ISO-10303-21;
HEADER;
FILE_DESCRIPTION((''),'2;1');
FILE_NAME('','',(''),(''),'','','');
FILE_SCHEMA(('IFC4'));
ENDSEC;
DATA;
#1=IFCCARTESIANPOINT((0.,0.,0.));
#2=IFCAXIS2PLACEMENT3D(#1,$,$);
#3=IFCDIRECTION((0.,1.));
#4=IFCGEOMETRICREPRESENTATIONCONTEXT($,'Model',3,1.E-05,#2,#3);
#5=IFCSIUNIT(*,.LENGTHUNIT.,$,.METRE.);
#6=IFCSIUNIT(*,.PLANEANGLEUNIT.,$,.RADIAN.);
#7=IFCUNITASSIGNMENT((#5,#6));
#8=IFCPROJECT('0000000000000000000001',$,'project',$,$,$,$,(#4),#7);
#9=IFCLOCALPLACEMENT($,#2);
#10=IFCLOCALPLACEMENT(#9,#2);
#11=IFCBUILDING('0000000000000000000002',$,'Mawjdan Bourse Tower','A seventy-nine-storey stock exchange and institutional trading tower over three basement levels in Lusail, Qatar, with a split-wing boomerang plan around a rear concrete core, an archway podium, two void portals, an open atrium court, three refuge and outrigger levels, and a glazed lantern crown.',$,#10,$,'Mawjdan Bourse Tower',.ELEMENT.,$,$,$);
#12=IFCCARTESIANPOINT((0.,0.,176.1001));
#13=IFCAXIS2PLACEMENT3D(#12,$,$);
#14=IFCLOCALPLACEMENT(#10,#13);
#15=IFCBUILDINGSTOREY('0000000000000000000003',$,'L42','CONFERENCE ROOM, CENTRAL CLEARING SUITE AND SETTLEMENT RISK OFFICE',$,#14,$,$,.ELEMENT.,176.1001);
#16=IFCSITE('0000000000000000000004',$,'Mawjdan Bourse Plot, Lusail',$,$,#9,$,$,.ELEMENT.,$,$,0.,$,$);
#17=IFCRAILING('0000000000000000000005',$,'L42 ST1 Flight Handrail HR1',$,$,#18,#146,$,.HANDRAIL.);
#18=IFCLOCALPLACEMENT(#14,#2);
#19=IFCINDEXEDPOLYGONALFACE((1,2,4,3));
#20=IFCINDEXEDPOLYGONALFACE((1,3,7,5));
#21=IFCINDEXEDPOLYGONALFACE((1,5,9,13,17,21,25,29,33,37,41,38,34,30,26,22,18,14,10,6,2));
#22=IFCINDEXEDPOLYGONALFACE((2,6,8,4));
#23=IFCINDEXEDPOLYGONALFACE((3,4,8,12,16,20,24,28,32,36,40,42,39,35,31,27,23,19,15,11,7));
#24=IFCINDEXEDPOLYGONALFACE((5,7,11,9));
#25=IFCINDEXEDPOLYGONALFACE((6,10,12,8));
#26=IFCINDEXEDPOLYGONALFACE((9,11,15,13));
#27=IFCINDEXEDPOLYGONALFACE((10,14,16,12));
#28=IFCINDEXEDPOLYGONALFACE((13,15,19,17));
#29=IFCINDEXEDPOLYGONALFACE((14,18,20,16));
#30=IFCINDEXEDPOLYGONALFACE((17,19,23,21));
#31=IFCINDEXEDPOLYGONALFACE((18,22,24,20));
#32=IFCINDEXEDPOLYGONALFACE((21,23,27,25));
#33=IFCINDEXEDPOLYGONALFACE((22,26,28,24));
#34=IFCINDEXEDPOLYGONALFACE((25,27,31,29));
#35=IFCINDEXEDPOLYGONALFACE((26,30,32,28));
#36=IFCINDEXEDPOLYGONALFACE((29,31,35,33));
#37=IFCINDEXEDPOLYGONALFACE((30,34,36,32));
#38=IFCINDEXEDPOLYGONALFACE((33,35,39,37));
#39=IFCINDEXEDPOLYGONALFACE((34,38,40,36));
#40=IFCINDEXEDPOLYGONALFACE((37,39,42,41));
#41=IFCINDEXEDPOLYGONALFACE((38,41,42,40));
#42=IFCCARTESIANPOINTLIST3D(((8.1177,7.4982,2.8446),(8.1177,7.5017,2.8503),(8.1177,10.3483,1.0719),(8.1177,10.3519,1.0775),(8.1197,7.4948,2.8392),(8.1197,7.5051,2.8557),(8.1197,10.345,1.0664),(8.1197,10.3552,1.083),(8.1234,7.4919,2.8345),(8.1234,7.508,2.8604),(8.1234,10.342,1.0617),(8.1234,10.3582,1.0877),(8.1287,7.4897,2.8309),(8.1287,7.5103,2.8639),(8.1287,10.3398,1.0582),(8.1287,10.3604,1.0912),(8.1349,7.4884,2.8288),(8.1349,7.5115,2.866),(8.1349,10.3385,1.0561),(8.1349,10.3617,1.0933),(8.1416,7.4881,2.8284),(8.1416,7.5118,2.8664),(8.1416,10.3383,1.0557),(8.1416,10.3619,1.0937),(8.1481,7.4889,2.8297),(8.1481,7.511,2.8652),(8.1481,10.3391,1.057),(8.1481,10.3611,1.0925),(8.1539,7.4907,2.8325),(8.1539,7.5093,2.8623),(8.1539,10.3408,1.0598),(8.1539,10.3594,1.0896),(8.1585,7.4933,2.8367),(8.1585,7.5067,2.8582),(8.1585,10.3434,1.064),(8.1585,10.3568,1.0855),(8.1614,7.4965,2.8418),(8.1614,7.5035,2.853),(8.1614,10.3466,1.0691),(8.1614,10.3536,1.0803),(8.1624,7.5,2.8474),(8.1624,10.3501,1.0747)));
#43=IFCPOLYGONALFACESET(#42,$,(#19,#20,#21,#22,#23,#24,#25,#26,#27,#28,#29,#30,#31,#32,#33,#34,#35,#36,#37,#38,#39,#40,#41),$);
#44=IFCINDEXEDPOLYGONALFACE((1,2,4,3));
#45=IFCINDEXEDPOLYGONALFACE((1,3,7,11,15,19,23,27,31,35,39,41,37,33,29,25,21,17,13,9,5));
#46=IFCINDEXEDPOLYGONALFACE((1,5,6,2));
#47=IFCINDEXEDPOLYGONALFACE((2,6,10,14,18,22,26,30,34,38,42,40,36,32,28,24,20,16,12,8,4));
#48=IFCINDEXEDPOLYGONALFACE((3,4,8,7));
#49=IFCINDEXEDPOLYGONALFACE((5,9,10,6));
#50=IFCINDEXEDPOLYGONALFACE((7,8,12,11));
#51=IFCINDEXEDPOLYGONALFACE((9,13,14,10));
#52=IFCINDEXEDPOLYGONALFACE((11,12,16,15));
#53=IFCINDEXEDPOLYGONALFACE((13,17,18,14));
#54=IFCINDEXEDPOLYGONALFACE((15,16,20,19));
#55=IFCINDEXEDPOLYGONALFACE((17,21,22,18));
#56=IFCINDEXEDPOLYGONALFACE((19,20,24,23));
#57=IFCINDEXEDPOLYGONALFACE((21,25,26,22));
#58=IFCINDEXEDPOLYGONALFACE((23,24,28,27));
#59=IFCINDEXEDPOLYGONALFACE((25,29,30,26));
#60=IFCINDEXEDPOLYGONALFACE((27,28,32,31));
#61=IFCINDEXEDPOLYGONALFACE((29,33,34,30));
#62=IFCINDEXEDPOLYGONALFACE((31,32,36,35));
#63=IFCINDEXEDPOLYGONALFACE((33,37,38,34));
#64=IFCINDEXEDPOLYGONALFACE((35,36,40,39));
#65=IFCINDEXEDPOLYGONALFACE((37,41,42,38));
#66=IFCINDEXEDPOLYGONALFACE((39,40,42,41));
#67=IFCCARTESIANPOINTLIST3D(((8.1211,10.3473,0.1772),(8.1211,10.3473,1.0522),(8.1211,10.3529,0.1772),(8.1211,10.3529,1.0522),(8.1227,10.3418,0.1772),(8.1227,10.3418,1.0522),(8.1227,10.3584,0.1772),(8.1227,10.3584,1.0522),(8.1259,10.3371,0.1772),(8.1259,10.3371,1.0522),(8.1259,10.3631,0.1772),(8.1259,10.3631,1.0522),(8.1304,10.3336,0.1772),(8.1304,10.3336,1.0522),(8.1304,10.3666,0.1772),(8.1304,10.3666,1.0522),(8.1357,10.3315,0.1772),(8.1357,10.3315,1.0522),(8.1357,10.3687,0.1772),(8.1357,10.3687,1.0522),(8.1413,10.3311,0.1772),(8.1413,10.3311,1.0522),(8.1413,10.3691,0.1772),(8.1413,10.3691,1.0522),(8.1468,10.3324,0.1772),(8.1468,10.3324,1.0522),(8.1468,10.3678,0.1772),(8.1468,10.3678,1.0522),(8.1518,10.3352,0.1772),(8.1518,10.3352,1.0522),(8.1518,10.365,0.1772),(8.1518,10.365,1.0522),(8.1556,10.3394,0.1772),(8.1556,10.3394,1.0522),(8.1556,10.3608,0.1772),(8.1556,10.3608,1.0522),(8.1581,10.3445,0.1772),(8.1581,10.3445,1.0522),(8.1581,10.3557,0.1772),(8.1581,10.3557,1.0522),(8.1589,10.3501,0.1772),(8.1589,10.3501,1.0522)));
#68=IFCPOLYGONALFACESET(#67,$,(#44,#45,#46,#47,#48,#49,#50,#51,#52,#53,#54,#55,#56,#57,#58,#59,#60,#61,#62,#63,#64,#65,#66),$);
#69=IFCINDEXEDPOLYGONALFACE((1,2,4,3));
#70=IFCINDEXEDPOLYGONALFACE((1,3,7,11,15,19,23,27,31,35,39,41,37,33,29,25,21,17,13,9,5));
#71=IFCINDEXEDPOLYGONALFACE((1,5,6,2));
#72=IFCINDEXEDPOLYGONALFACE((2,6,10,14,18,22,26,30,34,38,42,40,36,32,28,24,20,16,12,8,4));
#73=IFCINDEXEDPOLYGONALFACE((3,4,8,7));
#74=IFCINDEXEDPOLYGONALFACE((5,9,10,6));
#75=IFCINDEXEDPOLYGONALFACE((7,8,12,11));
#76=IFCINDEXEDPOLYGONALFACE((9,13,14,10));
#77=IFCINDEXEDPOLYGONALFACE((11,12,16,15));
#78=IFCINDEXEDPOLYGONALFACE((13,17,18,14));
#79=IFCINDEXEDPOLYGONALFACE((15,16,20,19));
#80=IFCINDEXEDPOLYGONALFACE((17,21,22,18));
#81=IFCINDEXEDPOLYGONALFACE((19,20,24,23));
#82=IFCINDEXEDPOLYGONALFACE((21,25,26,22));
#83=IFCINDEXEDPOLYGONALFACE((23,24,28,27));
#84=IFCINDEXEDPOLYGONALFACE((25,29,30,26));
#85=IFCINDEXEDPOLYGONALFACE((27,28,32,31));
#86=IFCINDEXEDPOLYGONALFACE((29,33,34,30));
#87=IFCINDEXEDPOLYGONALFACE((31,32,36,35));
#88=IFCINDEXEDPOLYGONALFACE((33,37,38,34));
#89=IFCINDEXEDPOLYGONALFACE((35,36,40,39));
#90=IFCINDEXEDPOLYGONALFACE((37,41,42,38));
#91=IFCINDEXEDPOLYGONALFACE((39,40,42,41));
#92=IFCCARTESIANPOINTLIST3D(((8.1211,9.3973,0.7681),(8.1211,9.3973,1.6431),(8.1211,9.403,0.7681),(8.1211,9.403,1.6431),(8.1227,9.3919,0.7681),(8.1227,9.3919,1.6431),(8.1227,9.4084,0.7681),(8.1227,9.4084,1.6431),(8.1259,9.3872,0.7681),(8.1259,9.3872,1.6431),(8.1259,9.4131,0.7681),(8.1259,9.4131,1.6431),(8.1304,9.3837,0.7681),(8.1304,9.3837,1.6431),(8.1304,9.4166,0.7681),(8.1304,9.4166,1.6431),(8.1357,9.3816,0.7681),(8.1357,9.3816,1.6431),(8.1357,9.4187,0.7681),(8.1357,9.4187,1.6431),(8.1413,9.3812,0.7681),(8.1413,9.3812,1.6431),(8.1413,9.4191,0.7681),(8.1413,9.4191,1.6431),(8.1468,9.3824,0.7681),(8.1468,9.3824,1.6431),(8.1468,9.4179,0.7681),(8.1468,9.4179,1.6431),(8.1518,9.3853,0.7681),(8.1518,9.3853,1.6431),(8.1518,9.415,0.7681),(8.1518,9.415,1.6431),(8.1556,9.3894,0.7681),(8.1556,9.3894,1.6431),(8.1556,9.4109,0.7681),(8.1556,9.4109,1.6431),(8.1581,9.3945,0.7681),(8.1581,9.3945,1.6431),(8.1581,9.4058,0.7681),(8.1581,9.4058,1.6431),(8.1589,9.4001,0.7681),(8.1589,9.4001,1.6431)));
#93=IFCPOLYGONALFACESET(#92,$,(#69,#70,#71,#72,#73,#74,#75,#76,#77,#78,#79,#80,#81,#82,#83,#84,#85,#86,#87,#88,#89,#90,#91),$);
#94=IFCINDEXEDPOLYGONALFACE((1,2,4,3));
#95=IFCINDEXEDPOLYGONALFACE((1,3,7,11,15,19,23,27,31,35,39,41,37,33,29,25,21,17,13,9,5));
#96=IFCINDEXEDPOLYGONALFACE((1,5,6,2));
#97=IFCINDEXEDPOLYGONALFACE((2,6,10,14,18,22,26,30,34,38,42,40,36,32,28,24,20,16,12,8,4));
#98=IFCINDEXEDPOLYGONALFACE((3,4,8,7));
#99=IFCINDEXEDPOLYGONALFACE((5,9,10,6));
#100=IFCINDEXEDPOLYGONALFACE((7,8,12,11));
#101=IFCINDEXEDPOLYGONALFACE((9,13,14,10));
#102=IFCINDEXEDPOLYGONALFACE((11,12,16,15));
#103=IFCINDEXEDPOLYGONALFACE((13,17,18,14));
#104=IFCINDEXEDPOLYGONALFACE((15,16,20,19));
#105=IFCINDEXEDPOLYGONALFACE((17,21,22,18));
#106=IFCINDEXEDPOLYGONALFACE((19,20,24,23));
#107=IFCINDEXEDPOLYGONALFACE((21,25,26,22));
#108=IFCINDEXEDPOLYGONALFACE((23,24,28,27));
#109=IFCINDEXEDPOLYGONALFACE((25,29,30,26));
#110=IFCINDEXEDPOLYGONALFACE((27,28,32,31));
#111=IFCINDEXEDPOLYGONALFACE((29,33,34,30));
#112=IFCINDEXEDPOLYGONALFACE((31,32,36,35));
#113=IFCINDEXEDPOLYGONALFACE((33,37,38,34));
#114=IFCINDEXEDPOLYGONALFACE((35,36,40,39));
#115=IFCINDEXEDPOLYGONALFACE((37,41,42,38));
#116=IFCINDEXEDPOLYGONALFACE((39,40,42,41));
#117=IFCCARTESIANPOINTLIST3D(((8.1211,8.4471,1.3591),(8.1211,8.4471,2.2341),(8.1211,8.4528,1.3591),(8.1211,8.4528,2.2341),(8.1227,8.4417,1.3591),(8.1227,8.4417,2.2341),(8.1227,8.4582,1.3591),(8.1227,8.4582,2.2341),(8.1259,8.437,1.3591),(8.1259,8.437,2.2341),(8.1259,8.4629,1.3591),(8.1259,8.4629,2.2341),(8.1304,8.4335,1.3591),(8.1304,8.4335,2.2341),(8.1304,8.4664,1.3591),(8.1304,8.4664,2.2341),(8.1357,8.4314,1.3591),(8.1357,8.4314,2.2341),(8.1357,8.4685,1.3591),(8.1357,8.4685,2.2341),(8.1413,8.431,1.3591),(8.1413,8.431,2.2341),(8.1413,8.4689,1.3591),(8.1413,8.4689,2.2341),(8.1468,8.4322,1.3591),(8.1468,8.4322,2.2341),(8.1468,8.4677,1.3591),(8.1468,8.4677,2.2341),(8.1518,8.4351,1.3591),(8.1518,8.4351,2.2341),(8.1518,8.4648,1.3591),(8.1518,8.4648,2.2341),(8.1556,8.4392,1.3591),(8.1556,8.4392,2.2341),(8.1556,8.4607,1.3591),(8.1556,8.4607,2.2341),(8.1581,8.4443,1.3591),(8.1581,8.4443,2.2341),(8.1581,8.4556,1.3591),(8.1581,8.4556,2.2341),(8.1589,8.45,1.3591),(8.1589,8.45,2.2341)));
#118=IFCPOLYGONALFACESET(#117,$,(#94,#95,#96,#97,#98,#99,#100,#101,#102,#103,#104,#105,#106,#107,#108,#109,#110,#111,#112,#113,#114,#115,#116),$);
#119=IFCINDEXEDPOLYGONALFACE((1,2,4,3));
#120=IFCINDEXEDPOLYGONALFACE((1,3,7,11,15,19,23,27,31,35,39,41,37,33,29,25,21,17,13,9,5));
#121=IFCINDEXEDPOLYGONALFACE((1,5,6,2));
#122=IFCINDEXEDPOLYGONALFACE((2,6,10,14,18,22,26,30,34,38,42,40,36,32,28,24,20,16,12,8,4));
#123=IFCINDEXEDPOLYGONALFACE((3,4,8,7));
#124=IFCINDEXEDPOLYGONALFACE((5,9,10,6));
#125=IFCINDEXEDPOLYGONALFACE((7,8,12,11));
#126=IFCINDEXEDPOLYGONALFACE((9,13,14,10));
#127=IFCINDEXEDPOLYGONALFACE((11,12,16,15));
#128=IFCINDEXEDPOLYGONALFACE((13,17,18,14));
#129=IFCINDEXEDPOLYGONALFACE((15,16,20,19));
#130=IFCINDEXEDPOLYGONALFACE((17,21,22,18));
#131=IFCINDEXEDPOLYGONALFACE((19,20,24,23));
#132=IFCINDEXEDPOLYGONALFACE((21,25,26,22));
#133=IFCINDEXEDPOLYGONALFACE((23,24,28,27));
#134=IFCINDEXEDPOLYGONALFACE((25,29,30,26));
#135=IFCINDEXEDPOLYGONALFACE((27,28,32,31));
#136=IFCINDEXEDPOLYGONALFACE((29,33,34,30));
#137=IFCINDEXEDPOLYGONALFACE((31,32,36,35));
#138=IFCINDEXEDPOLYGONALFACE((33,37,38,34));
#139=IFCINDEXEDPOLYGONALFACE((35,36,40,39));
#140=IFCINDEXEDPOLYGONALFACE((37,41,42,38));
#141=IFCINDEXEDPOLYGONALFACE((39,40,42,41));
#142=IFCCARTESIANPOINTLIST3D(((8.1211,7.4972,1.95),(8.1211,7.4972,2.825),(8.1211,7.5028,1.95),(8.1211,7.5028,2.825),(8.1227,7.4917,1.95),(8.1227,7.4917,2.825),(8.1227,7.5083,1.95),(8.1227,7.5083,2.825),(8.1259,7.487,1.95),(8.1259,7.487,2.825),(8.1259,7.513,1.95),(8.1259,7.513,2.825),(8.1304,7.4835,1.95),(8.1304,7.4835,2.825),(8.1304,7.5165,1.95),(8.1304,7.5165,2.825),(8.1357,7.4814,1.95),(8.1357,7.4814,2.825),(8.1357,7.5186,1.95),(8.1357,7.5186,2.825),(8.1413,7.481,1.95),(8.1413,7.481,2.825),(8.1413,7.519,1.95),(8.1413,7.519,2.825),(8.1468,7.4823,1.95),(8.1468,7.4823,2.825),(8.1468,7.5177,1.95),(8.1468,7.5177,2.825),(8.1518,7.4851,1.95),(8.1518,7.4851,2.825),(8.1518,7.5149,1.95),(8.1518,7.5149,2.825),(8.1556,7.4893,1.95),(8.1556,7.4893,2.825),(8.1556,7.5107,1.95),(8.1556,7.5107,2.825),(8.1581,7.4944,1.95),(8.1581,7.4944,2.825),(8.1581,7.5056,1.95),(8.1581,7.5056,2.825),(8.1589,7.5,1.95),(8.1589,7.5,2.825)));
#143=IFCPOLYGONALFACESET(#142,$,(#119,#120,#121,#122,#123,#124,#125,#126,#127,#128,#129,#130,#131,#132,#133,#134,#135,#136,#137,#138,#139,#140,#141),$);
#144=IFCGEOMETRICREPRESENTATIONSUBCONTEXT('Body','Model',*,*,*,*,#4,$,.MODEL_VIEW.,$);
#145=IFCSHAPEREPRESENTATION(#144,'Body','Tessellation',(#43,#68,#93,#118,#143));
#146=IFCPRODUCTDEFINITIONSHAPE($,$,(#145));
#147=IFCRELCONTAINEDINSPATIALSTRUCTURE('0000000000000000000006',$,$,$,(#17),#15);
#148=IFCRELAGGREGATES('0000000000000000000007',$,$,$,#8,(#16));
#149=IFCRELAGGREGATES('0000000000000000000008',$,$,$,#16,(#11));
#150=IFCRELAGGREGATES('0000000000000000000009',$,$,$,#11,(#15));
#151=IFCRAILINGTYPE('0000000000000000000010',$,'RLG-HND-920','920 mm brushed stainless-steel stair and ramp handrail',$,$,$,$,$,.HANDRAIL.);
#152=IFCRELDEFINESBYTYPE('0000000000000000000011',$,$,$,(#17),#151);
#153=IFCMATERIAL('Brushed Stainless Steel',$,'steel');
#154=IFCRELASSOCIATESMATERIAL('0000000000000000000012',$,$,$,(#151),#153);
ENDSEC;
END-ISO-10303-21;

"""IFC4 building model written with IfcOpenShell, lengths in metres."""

from ifc_helpers import new_model, si_unit, direction, frame, origin, origin_2d, place, context, subcontext, project, spatial, circle, extrude, material, type_object, element, save


model = new_model("IFC4")

# Units and contexts
model_context = context("Model", 3, precision=1e-05, world=origin(), true_north=direction((0.0, 1.0)))
body_context = subcontext(model_context, "Body", "Model", "MODEL_VIEW")
ifc_project = project(units=[si_unit("LENGTHUNIT", "METRE"), si_unit("PLANEANGLEUNIT", "RADIAN")], contexts=[model_context])

# Site, building, storey
site_placement = place(None, origin())
site = spatial("IfcSite", under=ifc_project, at=site_placement, Name="Mawjdan Bourse Plot, Lusail", CompositionType="ELEMENT", RefElevation=0.0)
building_placement = place(site_placement, origin())
building = spatial("IfcBuilding", under=site, at=building_placement, Name="Mawjdan Bourse Tower", Description="A seventy-nine-storey stock exchange and institutional trading tower over three basement levels in Lusail, Qatar, with a split-wing boomerang plan around a rear concrete core, an archway podium, two void portals, an open atrium court, three refuge and outrigger levels, and a glazed lantern crown.", LongName="Mawjdan Bourse Tower", CompositionType="ELEMENT")
storey_placement = place(building_placement, frame((0.0, 0.0, 176.1001)))
storey = spatial("IfcBuildingStorey", under=building, at=storey_placement, Name="L42", Description="CONFERENCE ROOM, CENTRAL CLEARING SUITE AND SETTLEMENT RISK OFFICE", CompositionType="ELEMENT", Elevation=176.1001)

# Shared definitions
ifc_material_1 = material(Name="Brushed Stainless Steel", Category="steel")

# Railing
railing_type_1 = type_object("IfcRailingType", Name="RLG-HND-920", Description="920 mm brushed stainless-steel stair and ramp handrail", PredefinedType="HANDRAIL", material=ifc_material_1)
for number, where, name in (
    (1, (8.1399, 10.3501, 0.1772), "L42 ST1 Flight Handrail HR1"),
):
    element("IfcRailing", number, at=place(storey_placement, frame(where)), inside=storey, type_object=railing_type_1, Name=name, PredefinedType="HANDRAIL", context=body_context, shape_type="SweptSolid", body=[
        extrude(circle(Radius=0.0225, at=origin_2d()), frame((0.0, 0.0, 0.8975), z_axis=(0.0, -0.849149, 0.528154), x_axis=(1.0, 0.0, 0.0)), (0.0, 0.0, 1.0), 3.3564),
        extrude(circle(Radius=0.019, at=origin_2d()), origin(), (0.0, 0.0, 1.0), 0.875),
        extrude(circle(Radius=0.019, at=origin_2d()), frame((0.0, -0.95, 0.5908)), (0.0, 0.0, 1.0), 0.875),
        extrude(circle(Radius=0.019, at=origin_2d()), frame((0.0, -1.9001, 1.1819)), (0.0, 0.0, 1.0), 0.875),
        extrude(circle(Radius=0.019, at=origin_2d()), frame((0.0, -2.8501, 1.7727)), (0.0, 0.0, 1.0), 0.875),
    ])

save(model, "model.ifc")
